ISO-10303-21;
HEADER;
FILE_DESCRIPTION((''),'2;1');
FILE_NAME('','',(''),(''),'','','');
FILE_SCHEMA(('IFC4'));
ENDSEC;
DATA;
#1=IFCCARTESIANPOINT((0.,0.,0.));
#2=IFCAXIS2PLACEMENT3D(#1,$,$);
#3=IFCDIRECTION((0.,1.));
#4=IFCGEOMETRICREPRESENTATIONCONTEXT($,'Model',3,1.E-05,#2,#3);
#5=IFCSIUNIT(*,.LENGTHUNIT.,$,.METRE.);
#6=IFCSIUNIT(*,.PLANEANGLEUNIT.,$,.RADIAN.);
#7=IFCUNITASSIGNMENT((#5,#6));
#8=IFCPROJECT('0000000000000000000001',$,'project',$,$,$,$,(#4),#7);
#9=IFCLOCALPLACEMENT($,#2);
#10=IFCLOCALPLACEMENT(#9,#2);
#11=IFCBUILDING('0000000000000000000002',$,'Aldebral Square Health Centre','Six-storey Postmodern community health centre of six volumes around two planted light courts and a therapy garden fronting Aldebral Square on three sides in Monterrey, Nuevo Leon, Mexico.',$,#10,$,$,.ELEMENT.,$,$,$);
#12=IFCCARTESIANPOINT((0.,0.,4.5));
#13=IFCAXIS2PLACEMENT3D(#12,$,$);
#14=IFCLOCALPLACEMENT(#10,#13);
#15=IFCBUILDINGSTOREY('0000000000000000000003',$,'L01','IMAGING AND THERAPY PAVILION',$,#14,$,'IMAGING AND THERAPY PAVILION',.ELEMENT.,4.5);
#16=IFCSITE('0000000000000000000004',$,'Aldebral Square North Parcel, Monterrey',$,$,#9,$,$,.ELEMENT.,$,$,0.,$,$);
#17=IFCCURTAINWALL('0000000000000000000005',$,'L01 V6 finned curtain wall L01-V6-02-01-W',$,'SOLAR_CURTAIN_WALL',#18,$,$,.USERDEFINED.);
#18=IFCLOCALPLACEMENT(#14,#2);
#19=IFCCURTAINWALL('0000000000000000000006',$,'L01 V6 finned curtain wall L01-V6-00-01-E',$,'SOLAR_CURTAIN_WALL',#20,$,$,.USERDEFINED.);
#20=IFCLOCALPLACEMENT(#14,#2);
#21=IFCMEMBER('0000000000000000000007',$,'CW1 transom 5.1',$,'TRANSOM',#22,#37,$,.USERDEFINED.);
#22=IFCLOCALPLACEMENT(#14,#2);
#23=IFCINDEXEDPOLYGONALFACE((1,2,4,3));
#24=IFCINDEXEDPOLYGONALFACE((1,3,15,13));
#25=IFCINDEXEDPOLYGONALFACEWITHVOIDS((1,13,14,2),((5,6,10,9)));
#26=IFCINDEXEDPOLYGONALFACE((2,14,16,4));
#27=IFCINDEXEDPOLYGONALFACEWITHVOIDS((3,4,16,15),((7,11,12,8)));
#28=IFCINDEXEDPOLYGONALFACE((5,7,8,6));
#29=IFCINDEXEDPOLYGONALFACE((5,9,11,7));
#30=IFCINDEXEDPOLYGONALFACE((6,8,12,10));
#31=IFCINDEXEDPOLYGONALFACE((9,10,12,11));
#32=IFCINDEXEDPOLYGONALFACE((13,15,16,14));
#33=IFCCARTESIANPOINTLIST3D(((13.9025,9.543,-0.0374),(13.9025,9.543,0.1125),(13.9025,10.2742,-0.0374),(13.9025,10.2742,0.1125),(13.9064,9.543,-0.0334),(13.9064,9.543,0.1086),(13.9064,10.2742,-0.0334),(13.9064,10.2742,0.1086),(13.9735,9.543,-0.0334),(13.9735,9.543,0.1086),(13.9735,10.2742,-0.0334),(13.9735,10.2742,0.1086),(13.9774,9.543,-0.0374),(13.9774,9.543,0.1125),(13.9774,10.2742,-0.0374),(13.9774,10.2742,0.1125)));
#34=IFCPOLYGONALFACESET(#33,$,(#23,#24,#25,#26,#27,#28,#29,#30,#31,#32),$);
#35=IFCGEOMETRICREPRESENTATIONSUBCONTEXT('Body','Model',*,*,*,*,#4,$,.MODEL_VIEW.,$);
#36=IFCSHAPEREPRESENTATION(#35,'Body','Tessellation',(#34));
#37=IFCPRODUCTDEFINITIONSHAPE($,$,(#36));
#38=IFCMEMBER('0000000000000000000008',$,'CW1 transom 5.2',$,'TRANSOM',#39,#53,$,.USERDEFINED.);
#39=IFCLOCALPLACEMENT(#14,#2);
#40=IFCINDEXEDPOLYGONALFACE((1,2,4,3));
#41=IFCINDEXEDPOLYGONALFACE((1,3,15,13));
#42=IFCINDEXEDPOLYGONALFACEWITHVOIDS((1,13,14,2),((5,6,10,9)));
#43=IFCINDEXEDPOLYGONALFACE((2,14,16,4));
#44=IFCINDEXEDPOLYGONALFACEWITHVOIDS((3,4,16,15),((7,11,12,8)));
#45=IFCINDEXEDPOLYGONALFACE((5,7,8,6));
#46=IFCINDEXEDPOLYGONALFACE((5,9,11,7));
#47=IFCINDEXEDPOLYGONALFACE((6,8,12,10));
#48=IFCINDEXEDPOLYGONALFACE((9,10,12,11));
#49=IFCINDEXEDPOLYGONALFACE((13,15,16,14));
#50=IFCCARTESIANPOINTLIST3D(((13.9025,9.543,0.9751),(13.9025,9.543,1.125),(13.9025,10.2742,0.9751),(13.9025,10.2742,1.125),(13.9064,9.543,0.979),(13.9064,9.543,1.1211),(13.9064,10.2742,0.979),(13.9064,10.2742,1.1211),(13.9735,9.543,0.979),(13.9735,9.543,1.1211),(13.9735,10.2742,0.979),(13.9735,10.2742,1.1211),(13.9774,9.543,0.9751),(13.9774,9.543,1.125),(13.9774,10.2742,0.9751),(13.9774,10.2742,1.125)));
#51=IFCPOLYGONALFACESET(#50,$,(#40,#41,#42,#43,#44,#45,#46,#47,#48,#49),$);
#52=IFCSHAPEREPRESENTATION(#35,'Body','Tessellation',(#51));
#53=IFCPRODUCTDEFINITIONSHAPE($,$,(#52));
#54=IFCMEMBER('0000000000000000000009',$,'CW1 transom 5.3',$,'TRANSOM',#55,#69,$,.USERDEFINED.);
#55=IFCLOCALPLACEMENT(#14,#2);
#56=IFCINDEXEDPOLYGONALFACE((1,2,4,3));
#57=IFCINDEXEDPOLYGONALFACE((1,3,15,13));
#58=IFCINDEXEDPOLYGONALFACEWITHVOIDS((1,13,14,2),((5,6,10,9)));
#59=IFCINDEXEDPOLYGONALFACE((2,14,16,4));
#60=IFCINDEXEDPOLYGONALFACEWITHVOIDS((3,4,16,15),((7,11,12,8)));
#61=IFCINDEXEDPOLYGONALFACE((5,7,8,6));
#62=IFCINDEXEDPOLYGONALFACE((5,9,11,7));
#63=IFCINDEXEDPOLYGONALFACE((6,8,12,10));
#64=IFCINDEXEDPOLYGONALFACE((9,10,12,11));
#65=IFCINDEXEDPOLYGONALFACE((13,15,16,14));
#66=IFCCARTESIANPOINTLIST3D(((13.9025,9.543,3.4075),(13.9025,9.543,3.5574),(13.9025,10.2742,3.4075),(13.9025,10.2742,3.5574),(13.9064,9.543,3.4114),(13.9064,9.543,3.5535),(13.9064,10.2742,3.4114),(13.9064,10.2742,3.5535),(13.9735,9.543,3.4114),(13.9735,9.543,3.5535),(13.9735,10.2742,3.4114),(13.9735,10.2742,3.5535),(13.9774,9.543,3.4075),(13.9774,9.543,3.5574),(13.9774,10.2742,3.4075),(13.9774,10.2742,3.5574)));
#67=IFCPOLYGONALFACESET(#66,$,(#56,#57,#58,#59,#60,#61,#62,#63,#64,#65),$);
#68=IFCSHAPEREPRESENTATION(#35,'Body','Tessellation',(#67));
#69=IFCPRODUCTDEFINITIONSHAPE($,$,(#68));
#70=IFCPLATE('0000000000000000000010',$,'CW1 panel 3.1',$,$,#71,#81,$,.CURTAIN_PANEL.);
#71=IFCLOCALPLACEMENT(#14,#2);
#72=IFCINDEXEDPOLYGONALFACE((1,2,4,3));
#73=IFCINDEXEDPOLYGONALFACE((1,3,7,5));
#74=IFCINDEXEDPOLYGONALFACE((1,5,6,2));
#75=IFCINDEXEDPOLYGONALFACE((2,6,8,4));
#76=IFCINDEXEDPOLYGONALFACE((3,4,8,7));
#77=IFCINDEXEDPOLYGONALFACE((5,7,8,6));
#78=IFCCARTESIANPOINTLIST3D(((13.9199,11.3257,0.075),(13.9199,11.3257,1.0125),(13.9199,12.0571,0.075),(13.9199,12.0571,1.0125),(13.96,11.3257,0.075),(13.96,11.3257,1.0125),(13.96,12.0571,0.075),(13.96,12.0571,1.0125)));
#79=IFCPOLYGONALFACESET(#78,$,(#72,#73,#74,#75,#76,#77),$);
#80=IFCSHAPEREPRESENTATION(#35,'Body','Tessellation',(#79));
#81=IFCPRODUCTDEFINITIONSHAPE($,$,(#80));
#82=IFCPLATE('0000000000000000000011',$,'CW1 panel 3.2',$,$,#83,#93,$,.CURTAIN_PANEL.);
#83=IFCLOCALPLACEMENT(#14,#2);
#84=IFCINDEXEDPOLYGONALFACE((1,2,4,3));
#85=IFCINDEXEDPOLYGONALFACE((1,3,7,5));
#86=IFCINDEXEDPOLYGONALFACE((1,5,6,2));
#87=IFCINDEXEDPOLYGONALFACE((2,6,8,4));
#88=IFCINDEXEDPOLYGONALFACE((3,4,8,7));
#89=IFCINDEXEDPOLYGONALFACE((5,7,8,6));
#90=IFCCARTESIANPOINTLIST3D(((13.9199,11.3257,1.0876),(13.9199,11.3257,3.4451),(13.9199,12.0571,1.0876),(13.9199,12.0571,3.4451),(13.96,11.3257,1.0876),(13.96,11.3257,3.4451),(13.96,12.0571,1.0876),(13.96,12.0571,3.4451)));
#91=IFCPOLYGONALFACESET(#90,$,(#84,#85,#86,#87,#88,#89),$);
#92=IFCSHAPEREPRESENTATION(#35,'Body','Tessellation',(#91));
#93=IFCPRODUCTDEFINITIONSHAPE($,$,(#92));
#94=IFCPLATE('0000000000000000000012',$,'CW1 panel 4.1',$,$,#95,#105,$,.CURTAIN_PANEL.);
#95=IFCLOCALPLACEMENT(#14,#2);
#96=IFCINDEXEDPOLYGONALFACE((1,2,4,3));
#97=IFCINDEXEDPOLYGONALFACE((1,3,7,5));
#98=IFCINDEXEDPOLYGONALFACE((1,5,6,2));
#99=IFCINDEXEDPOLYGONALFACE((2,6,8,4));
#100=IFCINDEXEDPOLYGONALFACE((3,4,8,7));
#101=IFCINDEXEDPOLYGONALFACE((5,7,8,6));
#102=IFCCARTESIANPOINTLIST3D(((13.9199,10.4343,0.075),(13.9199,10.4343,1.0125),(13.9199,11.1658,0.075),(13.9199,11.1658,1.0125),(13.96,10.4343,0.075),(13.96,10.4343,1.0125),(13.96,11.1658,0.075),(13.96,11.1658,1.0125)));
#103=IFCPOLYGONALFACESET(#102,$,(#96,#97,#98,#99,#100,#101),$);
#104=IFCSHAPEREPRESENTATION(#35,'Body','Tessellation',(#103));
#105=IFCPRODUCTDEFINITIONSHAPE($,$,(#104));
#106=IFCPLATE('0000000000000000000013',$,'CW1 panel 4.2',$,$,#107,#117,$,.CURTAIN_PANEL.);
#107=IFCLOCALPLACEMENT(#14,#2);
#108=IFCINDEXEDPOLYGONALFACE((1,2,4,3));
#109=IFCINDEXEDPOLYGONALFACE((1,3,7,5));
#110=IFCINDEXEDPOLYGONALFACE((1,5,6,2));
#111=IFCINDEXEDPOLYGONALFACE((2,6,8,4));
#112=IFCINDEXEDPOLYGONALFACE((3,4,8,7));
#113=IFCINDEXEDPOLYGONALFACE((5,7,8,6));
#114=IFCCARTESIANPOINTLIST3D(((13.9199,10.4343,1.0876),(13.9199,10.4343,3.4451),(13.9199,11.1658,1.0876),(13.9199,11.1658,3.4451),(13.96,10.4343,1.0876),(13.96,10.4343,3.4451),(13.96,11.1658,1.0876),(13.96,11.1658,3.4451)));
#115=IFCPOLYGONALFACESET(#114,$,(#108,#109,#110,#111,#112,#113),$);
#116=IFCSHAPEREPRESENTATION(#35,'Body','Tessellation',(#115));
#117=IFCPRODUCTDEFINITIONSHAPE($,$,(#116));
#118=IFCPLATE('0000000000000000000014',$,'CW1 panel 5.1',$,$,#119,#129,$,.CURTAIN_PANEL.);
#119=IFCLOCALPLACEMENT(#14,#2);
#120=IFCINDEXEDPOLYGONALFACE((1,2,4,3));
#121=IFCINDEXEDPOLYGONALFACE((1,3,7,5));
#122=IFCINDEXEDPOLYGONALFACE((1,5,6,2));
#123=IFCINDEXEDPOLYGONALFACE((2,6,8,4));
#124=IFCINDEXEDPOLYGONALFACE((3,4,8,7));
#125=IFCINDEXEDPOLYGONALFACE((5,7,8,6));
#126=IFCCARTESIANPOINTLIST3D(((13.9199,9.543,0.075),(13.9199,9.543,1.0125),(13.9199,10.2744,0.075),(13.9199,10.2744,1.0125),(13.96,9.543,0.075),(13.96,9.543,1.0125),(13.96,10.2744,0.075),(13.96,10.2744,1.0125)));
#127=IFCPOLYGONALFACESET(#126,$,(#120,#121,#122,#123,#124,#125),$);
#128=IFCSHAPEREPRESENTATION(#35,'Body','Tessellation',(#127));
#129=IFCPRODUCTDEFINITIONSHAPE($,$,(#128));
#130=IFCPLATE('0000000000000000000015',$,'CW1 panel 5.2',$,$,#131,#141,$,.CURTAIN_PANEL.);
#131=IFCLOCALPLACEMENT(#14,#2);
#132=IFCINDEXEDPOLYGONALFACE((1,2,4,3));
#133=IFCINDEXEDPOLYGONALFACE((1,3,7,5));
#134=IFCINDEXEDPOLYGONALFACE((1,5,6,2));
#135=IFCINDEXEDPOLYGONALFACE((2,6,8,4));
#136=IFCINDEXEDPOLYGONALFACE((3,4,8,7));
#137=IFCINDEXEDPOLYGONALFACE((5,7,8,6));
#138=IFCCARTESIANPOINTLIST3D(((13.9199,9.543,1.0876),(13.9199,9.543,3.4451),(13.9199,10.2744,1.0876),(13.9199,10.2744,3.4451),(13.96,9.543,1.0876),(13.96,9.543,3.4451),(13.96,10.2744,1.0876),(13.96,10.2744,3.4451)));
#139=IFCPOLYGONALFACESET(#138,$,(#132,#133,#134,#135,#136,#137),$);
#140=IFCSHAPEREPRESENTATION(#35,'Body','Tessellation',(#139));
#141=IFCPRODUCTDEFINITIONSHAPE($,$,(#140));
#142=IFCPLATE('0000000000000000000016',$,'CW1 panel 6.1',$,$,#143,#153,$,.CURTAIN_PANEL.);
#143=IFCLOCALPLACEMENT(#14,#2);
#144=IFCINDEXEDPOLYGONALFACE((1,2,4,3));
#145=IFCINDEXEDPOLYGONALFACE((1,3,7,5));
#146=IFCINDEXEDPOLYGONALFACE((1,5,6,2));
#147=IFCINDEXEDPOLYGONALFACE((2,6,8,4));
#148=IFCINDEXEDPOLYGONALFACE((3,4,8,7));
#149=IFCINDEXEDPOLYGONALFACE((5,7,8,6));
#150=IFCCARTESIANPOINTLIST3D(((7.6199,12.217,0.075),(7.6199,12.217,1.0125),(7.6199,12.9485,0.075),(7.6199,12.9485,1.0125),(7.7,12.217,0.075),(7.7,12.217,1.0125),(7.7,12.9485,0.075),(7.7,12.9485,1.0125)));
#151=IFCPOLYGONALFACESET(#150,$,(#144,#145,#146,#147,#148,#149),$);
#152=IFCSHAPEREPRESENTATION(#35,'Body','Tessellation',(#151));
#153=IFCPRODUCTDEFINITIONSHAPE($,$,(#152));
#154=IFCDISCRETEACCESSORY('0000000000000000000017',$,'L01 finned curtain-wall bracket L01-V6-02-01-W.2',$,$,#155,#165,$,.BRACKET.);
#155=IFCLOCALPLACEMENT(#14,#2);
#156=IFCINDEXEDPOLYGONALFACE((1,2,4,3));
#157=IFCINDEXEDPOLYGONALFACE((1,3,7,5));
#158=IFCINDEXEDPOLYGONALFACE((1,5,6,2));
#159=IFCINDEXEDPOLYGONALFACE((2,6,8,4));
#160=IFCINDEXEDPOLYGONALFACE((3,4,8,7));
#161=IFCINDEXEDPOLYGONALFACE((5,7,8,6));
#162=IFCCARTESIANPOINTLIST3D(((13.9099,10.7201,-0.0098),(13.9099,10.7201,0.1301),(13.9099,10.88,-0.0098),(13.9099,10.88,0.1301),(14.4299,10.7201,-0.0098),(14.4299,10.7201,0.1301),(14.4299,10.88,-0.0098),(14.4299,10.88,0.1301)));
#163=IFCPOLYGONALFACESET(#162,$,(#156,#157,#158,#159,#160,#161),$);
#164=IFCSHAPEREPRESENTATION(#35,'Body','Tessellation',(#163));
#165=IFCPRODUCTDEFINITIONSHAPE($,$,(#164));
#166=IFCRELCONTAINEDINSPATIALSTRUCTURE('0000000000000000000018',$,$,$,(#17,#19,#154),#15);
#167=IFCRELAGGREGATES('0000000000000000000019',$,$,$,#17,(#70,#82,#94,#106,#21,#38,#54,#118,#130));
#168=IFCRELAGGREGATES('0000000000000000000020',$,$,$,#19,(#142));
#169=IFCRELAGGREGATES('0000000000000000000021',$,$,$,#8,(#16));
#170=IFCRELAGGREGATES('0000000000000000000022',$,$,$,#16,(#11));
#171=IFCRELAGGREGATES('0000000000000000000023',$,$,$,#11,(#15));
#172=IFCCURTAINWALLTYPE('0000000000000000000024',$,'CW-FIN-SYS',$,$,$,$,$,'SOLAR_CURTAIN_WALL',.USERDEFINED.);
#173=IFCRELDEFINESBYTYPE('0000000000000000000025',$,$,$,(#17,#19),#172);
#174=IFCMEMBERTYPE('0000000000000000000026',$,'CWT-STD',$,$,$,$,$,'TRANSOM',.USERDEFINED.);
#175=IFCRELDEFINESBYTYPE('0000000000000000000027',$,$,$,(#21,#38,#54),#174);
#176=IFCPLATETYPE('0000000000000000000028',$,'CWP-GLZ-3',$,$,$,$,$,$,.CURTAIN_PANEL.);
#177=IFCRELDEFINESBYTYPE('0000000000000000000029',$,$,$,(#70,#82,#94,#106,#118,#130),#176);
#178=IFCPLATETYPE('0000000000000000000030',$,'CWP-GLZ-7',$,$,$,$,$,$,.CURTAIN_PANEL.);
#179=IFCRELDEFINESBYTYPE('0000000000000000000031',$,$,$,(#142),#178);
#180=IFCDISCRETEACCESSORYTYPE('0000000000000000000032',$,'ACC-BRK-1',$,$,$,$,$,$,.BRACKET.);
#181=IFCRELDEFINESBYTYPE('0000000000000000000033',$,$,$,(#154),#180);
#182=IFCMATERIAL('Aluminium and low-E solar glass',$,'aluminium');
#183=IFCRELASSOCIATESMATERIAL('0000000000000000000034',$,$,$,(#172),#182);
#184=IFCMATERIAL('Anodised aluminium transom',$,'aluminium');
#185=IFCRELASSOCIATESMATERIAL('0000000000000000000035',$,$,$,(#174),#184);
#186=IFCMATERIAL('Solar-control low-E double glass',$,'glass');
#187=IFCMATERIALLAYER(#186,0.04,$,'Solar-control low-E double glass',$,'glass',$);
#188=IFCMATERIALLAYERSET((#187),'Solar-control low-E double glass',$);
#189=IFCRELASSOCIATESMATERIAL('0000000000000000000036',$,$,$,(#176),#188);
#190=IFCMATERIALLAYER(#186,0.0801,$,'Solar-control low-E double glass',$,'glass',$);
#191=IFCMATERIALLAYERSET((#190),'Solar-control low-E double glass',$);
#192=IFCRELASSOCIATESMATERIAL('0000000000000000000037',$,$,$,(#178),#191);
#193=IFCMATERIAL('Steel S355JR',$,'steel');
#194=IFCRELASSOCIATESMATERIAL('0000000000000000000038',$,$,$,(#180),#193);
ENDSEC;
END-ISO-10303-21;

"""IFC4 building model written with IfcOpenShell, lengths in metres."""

from ifc_helpers import new_model, si_unit, direction, frame, origin, origin_2d, place, context, subcontext, project, spatial, rectangle, hollow_rectangle, extrude, material, layer, layer_set, material_profile, profile_set, type_object, element, aggregate, save


model = new_model("IFC4")

# Units and contexts
model_context = context("Model", 3, precision=1e-05, world=origin(), true_north=direction((0.0, 1.0)))
body_context = subcontext(model_context, "Body", "Model", "MODEL_VIEW")
ifc_project = project(units=[si_unit("LENGTHUNIT", "METRE"), si_unit("PLANEANGLEUNIT", "RADIAN")], contexts=[model_context])

# Site, building, storey
site_placement = place(None, origin())
site = spatial("IfcSite", under=ifc_project, at=site_placement, Name="Aldebral Square North Parcel, Monterrey", CompositionType="ELEMENT", RefElevation=0.0)
building_placement = place(site_placement, origin())
building = spatial("IfcBuilding", under=site, at=building_placement, Name="Aldebral Square Health Centre", Description="Six-storey Postmodern community health centre of six volumes around two planted light courts and a therapy garden fronting Aldebral Square on three sides in Monterrey, Nuevo Leon, Mexico.", CompositionType="ELEMENT")
storey_placement = place(building_placement, frame((0.0, 0.0, 4.5)))
storey = spatial("IfcBuildingStorey", under=building, at=storey_placement, Name="L01", Description="IMAGING AND THERAPY PAVILION", LongName="IMAGING AND THERAPY PAVILION", CompositionType="ELEMENT", Elevation=4.5)

# Curtain wall
ifc_material_1 = material(Name="Aluminium and low-E solar glass", Category="aluminium")
curtain_wall_type = type_object("IfcCurtainWallType", Name="CW-FIN-SYS", ElementType="SOLAR_CURTAIN_WALL", PredefinedType="USERDEFINED", material=ifc_material_1)
curtain_wall_1_placement = place(storey_placement, origin())
curtain_wall_1 = element("IfcCurtainWall", 1, at=curtain_wall_1_placement, inside=storey, type_object=curtain_wall_type, Name="L01 V6 finned curtain wall L01-V6-02-01-W", ObjectType="SOLAR_CURTAIN_WALL", PredefinedType="USERDEFINED")

# Curtain wall
curtain_wall_2_placement = place(storey_placement, origin())
curtain_wall_2 = element("IfcCurtainWall", 2, at=curtain_wall_2_placement, inside=storey, type_object=curtain_wall_type, Name="L01 V6 finned curtain wall L01-V6-00-01-E", ObjectType="SOLAR_CURTAIN_WALL", PredefinedType="USERDEFINED")
ifc_material_2 = material(Name="Anodised aluminium transom", Category="aluminium")
ifc_material_profile_1 = material_profile(ifc_material_2, hollow_rectangle(XDim=0.075, YDim=0.1499, WallThickness=0.0039, at=origin_2d()), Name="CWT 75x150x4")
ifc_profile_set_1 = profile_set([ifc_material_profile_1], Name="Anodised aluminium transom")
member_type_1 = type_object("IfcMemberType", Name="CWT-STD", ElementType="TRANSOM", PredefinedType="USERDEFINED", material=ifc_profile_set_1)

# Members
member_1_placement = place(storey_placement, frame((13.9399, 10.2742, 0.0376), z_axis=(0.0, -1.0, 0.0), x_axis=(1.0, 0.0, 0.0)))
member_1 = element("IfcMember", 3, at=member_1_placement, type_object=member_type_1, Name="CW1 transom 5.1", ObjectType="TRANSOM", PredefinedType="USERDEFINED", context=body_context, shape_type="SweptSolid", body=[
    extrude(hollow_rectangle(XDim=0.075, YDim=0.1499, WallThickness=0.0039, at=origin_2d()), origin(), (0.0, 0.0, 1.0), 0.7312),
])
member_2_placement = place(storey_placement, frame((13.9399, 10.2742, 1.05), z_axis=(0.0, -1.0, 0.0), x_axis=(1.0, 0.0, 0.0)))
member_2 = element("IfcMember", 4, at=member_2_placement, type_object=member_type_1, Name="CW1 transom 5.2", ObjectType="TRANSOM", PredefinedType="USERDEFINED", context=body_context, shape_type="SweptSolid", body=[
    extrude(hollow_rectangle(XDim=0.075, YDim=0.1499, WallThickness=0.0039, at=origin_2d()), origin(), (0.0, 0.0, 1.0), 0.7312),
])
member_3_placement = place(storey_placement, frame((13.9399, 10.2742, 3.4824), z_axis=(0.0, -1.0, 0.0), x_axis=(1.0, 0.0, 0.0)))
member_3 = element("IfcMember", 5, at=member_3_placement, type_object=member_type_1, Name="CW1 transom 5.3", ObjectType="TRANSOM", PredefinedType="USERDEFINED", context=body_context, shape_type="SweptSolid", body=[
    extrude(hollow_rectangle(XDim=0.075, YDim=0.1499, WallThickness=0.0039, at=origin_2d()), origin(), (0.0, 0.0, 1.0), 0.7312),
])

# Plates
ifc_material_3 = material(Name="Solar-control low-E double glass", Category="glass")
ifc_layer_1 = layer(ifc_material_3, 0.04, Name="Solar-control low-E double glass", Category="glass")
ifc_layer_set_1 = layer_set([ifc_layer_1], Name="Solar-control low-E double glass")
plate_type_1 = type_object("IfcPlateType", Name="CWP-GLZ-3", PredefinedType="CURTAIN_PANEL", material=ifc_layer_set_1)
plate_1_placement = place(storey_placement, frame((13.9399, 11.6914, 0.075), z_axis=(0.0, 0.0, 1.0), x_axis=(0.0, -1.0, 0.0)))
plate_1 = element("IfcPlate", 6, at=plate_1_placement, type_object=plate_type_1, Name="CW1 panel 3.1", PredefinedType="CURTAIN_PANEL", context=body_context, shape_type="SweptSolid", body=[
    extrude(rectangle(XDim=0.7314, YDim=0.04, at=origin_2d()), origin(), (0.0, 0.0, 1.0), 0.9375),
])
plate_2_placement = place(storey_placement, frame((13.9399, 11.6914, 1.0876), z_axis=(0.0, 0.0, 1.0), x_axis=(0.0, -1.0, 0.0)))
plate_2 = element("IfcPlate", 7, at=plate_2_placement, type_object=plate_type_1, Name="CW1 panel 3.2", PredefinedType="CURTAIN_PANEL", context=body_context, shape_type="SweptSolid", body=[
    extrude(rectangle(XDim=0.7314, YDim=0.04, at=origin_2d()), origin(), (0.0, 0.0, 1.0), 2.3574),
])
plate_3_placement = place(storey_placement, frame((13.9399, 10.8, 0.075), z_axis=(0.0, 0.0, 1.0), x_axis=(0.0, -1.0, 0.0)))
plate_3 = element("IfcPlate", 8, at=plate_3_placement, type_object=plate_type_1, Name="CW1 panel 4.1", PredefinedType="CURTAIN_PANEL", context=body_context, shape_type="SweptSolid", body=[
    extrude(rectangle(XDim=0.7314, YDim=0.04, at=origin_2d()), origin(), (0.0, 0.0, 1.0), 0.9375),
])
plate_4_placement = place(storey_placement, frame((13.9399, 10.8, 1.0876), z_axis=(0.0, 0.0, 1.0), x_axis=(0.0, -1.0, 0.0)))
plate_4 = element("IfcPlate", 9, at=plate_4_placement, type_object=plate_type_1, Name="CW1 panel 4.2", PredefinedType="CURTAIN_PANEL", context=body_context, shape_type="SweptSolid", body=[
    extrude(rectangle(XDim=0.7314, YDim=0.04, at=origin_2d()), origin(), (0.0, 0.0, 1.0), 2.3574),
])
plate_5_placement = place(storey_placement, frame((13.9399, 9.9087, 0.075), z_axis=(0.0, 0.0, 1.0), x_axis=(0.0, -1.0, 0.0)))
plate_5 = element("IfcPlate", 10, at=plate_5_placement, type_object=plate_type_1, Name="CW1 panel 5.1", PredefinedType="CURTAIN_PANEL", context=body_context, shape_type="SweptSolid", body=[
    extrude(rectangle(XDim=0.7314, YDim=0.04, at=origin_2d()), origin(), (0.0, 0.0, 1.0), 0.9375),
])
plate_6_placement = place(storey_placement, frame((13.9399, 9.9087, 1.0876), z_axis=(0.0, 0.0, 1.0), x_axis=(0.0, -1.0, 0.0)))
plate_6 = element("IfcPlate", 11, at=plate_6_placement, type_object=plate_type_1, Name="CW1 panel 5.2", PredefinedType="CURTAIN_PANEL", context=body_context, shape_type="SweptSolid", body=[
    extrude(rectangle(XDim=0.7314, YDim=0.04, at=origin_2d()), origin(), (0.0, 0.0, 1.0), 2.3574),
])
aggregate(curtain_wall_1, [plate_1, plate_2, plate_3, plate_4, member_1, member_2, member_3, plate_5, plate_6])
ifc_layer_2 = layer(ifc_material_3, 0.0801, Name="Solar-control low-E double glass", Category="glass")
ifc_layer_set_2 = layer_set([ifc_layer_2], Name="Solar-control low-E double glass")
plate_type_2 = type_object("IfcPlateType", Name="CWP-GLZ-7", PredefinedType="CURTAIN_PANEL", material=ifc_layer_set_2)
plate_7_placement = place(storey_placement, frame((7.6599, 12.5828, 0.075), z_axis=(0.0, 0.0, 1.0), x_axis=(0.0, 1.0, 0.0)))
plate_7 = element("IfcPlate", 12, at=plate_7_placement, type_object=plate_type_2, Name="CW1 panel 6.1", PredefinedType="CURTAIN_PANEL", context=body_context, shape_type="SweptSolid", body=[
    extrude(rectangle(XDim=0.7314, YDim=0.0801, at=origin_2d()), origin(), (0.0, 0.0, 1.0), 0.9375),
])
aggregate(curtain_wall_2, [plate_7])

# Discrete accessory
ifc_material_4 = material(Name="Steel S355JR", Category="steel")
discrete_accessory_type = type_object("IfcDiscreteAccessoryType", Name="ACC-BRK-1", PredefinedType="BRACKET", material=ifc_material_4)
discrete_accessory_placement = place(storey_placement, frame((14.1699, 10.8, -0.0098), z_axis=(0.0, 0.0, 1.0), x_axis=(0.0, 1.0, 0.0)))
element("IfcDiscreteAccessory", 13, at=discrete_accessory_placement, inside=storey, type_object=discrete_accessory_type, Name="L01 finned curtain-wall bracket L01-V6-02-01-W.2", PredefinedType="BRACKET", context=body_context, shape_type="SweptSolid", body=[
    extrude(rectangle(XDim=0.1599, YDim=0.52, at=origin_2d()), origin(), (0.0, 0.0, 1.0), 0.1399),
])

save(model, "model.ifc")
